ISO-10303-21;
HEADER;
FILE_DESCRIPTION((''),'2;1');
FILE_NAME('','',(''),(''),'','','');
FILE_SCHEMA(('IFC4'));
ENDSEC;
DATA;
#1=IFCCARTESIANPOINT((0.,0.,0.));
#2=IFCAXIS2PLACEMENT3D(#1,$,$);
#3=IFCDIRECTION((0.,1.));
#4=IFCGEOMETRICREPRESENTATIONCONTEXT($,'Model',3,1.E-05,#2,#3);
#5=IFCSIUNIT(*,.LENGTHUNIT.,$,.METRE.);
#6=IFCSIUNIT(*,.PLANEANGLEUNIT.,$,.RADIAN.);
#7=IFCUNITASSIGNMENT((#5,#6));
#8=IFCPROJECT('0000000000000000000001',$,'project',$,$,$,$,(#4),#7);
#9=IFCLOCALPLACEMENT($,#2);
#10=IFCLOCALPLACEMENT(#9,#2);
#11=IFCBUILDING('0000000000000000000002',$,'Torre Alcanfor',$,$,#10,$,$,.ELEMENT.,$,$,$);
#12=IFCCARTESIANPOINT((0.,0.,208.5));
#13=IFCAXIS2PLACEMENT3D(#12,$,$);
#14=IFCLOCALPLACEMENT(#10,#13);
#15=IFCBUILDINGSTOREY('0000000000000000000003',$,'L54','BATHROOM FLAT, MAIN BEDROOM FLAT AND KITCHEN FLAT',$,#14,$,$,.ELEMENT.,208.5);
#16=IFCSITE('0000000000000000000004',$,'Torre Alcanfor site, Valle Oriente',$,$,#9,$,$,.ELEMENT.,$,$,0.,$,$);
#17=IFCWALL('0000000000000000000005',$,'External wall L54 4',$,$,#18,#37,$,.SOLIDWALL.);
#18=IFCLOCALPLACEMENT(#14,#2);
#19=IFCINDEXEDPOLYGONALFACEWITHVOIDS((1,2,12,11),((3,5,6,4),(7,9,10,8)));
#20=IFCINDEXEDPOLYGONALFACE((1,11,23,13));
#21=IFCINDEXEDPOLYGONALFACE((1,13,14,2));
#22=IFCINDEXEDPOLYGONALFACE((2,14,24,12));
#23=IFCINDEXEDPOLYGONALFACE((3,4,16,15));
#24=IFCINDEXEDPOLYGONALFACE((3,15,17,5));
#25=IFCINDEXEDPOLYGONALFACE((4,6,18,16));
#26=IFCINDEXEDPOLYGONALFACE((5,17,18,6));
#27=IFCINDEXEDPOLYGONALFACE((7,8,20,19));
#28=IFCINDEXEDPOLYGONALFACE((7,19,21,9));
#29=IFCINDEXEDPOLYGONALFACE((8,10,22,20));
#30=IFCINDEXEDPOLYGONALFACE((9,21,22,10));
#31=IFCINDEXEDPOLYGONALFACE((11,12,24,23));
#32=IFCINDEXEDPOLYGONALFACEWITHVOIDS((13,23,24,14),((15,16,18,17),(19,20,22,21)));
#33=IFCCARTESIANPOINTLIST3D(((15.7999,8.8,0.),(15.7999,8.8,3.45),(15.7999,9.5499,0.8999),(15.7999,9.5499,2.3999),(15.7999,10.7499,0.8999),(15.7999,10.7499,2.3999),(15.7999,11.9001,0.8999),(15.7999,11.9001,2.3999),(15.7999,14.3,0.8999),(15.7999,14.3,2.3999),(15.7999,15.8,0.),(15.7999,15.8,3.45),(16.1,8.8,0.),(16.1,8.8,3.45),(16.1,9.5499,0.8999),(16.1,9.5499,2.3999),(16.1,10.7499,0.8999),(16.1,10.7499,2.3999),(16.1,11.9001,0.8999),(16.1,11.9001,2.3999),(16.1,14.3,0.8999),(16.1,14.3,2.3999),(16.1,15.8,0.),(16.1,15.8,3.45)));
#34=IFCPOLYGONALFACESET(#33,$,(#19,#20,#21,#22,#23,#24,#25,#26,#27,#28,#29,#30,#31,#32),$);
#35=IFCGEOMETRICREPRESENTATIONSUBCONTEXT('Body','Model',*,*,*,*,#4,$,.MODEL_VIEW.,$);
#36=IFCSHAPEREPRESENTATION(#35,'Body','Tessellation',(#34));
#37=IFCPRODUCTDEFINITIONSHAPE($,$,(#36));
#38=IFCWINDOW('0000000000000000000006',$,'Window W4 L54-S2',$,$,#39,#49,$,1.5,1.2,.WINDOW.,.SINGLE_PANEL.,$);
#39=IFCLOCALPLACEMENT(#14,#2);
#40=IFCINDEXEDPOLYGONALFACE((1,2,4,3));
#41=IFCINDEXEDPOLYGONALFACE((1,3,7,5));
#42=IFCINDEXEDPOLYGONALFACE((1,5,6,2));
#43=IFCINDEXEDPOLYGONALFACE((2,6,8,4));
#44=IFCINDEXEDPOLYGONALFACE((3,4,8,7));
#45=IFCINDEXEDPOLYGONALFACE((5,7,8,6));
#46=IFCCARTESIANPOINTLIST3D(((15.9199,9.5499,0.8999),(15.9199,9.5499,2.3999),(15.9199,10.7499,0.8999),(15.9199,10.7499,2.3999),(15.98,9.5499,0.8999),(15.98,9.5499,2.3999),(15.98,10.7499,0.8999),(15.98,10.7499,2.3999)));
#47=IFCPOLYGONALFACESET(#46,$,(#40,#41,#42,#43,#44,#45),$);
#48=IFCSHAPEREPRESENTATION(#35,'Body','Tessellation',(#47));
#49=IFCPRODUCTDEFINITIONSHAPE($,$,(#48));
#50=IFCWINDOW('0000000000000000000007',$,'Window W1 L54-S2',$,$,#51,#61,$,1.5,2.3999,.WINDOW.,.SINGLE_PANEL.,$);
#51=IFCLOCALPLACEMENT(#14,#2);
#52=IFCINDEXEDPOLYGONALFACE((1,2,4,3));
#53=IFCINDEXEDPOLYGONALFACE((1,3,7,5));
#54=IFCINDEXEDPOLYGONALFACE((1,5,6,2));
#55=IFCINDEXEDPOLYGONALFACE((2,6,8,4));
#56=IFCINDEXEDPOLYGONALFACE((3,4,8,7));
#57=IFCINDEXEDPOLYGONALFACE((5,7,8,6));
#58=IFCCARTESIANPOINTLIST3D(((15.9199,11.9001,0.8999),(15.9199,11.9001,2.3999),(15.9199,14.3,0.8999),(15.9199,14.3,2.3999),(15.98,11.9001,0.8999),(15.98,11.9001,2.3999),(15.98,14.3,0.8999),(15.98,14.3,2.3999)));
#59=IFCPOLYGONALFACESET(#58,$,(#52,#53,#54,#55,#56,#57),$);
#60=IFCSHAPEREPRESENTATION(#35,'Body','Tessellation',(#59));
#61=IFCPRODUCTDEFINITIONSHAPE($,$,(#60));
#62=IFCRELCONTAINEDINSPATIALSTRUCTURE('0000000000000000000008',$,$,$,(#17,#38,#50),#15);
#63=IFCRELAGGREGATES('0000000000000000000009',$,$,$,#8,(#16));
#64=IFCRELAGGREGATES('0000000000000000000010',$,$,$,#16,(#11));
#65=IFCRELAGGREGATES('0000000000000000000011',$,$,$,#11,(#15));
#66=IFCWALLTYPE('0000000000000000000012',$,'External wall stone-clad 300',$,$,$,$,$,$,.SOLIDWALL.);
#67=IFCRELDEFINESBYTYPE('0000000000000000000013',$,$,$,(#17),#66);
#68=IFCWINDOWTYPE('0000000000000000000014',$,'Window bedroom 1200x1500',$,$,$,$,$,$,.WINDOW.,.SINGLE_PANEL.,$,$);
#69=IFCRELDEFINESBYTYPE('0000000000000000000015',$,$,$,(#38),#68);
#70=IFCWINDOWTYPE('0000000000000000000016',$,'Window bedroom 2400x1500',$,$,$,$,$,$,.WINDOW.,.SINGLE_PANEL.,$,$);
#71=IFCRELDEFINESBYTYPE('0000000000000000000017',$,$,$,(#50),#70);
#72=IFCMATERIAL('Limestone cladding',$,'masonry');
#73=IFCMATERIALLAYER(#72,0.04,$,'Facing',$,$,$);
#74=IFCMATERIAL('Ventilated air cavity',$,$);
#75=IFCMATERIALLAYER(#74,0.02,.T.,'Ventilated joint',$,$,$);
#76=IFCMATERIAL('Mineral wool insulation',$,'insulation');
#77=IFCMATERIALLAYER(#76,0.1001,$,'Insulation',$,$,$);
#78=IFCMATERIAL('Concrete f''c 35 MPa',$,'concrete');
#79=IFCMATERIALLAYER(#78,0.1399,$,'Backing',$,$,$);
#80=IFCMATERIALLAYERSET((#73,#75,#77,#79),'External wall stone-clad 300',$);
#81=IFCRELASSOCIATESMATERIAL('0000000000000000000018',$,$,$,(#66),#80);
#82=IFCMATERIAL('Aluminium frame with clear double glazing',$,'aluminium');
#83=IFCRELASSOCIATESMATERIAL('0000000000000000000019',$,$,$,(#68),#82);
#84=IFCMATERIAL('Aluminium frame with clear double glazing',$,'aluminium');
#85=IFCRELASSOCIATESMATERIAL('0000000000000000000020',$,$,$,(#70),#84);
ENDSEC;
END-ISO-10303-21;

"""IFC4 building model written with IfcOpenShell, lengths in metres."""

from ifc_helpers import new_model, si_unit, direction, frame, frame_2d, origin, place, context, subcontext, project, spatial, rectangle, extrude, material, layer, layer_set, type_object, element, fill, save


model = new_model("IFC4")

# Units and contexts
model_context = context("Model", 3, precision=1e-05, world=origin(), true_north=direction((0.0, 1.0)))
body_context = subcontext(model_context, "Body", "Model", "MODEL_VIEW")
ifc_project = project(units=[si_unit("LENGTHUNIT", "METRE"), si_unit("PLANEANGLEUNIT", "RADIAN")], contexts=[model_context])

# Site, building, storey
site_placement = place(None, origin())
site = spatial("IfcSite", under=ifc_project, at=site_placement, Name="Torre Alcanfor site, Valle Oriente", CompositionType="ELEMENT", RefElevation=0.0)
building_placement = place(site_placement, origin())
building = spatial("IfcBuilding", under=site, at=building_placement, Name="Torre Alcanfor", CompositionType="ELEMENT")
storey_placement = place(building_placement, frame((0.0, 0.0, 208.5)))
storey = spatial("IfcBuildingStorey", under=building, at=storey_placement, Name="L54", Description="BATHROOM FLAT, MAIN BEDROOM FLAT AND KITCHEN FLAT", CompositionType="ELEMENT", Elevation=208.5)

# Shared definitions
ifc_material_1 = material(Name="Limestone cladding", Category="masonry")
ifc_layer_1 = layer(ifc_material_1, 0.04, Name="Facing")
ifc_material_2 = material(Name="Ventilated air cavity")
ifc_layer_2 = layer(ifc_material_2, 0.02, ventilated=True, Name="Ventilated joint")
ifc_material_3 = material(Name="Mineral wool insulation", Category="insulation")
ifc_layer_3 = layer(ifc_material_3, 0.1001, Name="Insulation")
ifc_material_4 = material(Name="Concrete f'c 35 MPa", Category="concrete")
ifc_layer_4 = layer(ifc_material_4, 0.1399, Name="Backing")
ifc_layer_set_1 = layer_set([ifc_layer_1, ifc_layer_2, ifc_layer_3, ifc_layer_4], Name="External wall stone-clad 300")
wall_type_1 = type_object("IfcWallType", Name="External wall stone-clad 300", PredefinedType="SOLIDWALL", material=ifc_layer_set_1)
ifc_material_5 = material(Name="Aluminium frame with clear double glazing", Category="aluminium")
window_type_1 = type_object("IfcWindowType", Name="Window bedroom 1200x1500", PartitioningType="SINGLE_PANEL", PredefinedType="WINDOW", material=ifc_material_5)

# Wall, openings, windows
wall_1_placement = place(storey_placement, frame((15.95, 15.8, 0.0), z_axis=(0.0, 0.0, 1.0), x_axis=(0.0, -1.0, 0.0)))
wall_1 = element("IfcWall", 1, at=wall_1_placement, inside=storey, type_object=wall_type_1, Name="External wall L54 4", PredefinedType="SOLIDWALL", context=body_context, shape_type="SweptSolid", body=[
    extrude(rectangle(XDim=7.0, YDim=0.3, at=frame_2d((3.5, 0.0))), origin(), (0.0, 0.0, 1.0), 3.45),
])
opening_1_placement = place(wall_1_placement, frame((1.5, 0.0, 0.8999)))
opening_1 = element("IfcOpeningElement", 2, at=opening_1_placement, cuts=wall_1, PredefinedType="OPENING", context=body_context, shape_type="SweptSolid", body=[
    extrude(rectangle(XDim=2.3999, YDim=1.5, at=frame_2d((1.2, 0.75))), frame((0.0, 0.1599, 0.0), z_axis=(0.0, -1.0, 0.0), x_axis=(1.0, 0.0, 0.0)), (0.0, 0.0, 1.0), 0.3201),
])
opening_2_placement = place(wall_1_placement, frame((5.05, 0.0, 0.8999)))
opening_2 = element("IfcOpeningElement", 3, at=opening_2_placement, cuts=wall_1, PredefinedType="OPENING", context=body_context, shape_type="SweptSolid", body=[
    extrude(rectangle(XDim=1.2, YDim=1.5, at=frame_2d((0.6001, 0.75))), frame((0.0, 0.1599, 0.0), z_axis=(0.0, -1.0, 0.0), x_axis=(1.0, 0.0, 0.0)), (0.0, 0.0, 1.0), 0.3201),
])
window_1_placement = place(opening_2_placement, origin())
window_1 = element("IfcWindow", 4, at=window_1_placement, inside=storey, type_object=window_type_1, Name="Window W4 L54-S2", OverallHeight=1.5, OverallWidth=1.2, PartitioningType="SINGLE_PANEL", PredefinedType="WINDOW", context=body_context, shape_type="SweptSolid", body=[
    extrude(rectangle(XDim=1.2, YDim=1.5, at=frame_2d((0.6001, 0.75))), frame((0.0, 0.03, 0.0), z_axis=(0.0, -1.0, 0.0), x_axis=(1.0, 0.0, 0.0)), (0.0, 0.0, 1.0), 0.0601),
])
fill(opening_2, window_1)
ifc_material_6 = material(Name="Aluminium frame with clear double glazing", Category="aluminium")
window_type_2 = type_object("IfcWindowType", Name="Window bedroom 2400x1500", PartitioningType="SINGLE_PANEL", PredefinedType="WINDOW", material=ifc_material_6)
window_2_placement = place(opening_1_placement, origin())
window_2 = element("IfcWindow", 5, at=window_2_placement, inside=storey, type_object=window_type_2, Name="Window W1 L54-S2", OverallHeight=1.5, OverallWidth=2.3999, PartitioningType="SINGLE_PANEL", PredefinedType="WINDOW", context=body_context, shape_type="SweptSolid", body=[
    extrude(rectangle(XDim=2.3999, YDim=1.5, at=frame_2d((1.2, 0.75))), frame((0.0, 0.03, 0.0), z_axis=(0.0, -1.0, 0.0), x_axis=(1.0, 0.0, 0.0)), (0.0, 0.0, 1.0), 0.0601),
])
fill(opening_1, window_2)

save(model, "model.ifc")
